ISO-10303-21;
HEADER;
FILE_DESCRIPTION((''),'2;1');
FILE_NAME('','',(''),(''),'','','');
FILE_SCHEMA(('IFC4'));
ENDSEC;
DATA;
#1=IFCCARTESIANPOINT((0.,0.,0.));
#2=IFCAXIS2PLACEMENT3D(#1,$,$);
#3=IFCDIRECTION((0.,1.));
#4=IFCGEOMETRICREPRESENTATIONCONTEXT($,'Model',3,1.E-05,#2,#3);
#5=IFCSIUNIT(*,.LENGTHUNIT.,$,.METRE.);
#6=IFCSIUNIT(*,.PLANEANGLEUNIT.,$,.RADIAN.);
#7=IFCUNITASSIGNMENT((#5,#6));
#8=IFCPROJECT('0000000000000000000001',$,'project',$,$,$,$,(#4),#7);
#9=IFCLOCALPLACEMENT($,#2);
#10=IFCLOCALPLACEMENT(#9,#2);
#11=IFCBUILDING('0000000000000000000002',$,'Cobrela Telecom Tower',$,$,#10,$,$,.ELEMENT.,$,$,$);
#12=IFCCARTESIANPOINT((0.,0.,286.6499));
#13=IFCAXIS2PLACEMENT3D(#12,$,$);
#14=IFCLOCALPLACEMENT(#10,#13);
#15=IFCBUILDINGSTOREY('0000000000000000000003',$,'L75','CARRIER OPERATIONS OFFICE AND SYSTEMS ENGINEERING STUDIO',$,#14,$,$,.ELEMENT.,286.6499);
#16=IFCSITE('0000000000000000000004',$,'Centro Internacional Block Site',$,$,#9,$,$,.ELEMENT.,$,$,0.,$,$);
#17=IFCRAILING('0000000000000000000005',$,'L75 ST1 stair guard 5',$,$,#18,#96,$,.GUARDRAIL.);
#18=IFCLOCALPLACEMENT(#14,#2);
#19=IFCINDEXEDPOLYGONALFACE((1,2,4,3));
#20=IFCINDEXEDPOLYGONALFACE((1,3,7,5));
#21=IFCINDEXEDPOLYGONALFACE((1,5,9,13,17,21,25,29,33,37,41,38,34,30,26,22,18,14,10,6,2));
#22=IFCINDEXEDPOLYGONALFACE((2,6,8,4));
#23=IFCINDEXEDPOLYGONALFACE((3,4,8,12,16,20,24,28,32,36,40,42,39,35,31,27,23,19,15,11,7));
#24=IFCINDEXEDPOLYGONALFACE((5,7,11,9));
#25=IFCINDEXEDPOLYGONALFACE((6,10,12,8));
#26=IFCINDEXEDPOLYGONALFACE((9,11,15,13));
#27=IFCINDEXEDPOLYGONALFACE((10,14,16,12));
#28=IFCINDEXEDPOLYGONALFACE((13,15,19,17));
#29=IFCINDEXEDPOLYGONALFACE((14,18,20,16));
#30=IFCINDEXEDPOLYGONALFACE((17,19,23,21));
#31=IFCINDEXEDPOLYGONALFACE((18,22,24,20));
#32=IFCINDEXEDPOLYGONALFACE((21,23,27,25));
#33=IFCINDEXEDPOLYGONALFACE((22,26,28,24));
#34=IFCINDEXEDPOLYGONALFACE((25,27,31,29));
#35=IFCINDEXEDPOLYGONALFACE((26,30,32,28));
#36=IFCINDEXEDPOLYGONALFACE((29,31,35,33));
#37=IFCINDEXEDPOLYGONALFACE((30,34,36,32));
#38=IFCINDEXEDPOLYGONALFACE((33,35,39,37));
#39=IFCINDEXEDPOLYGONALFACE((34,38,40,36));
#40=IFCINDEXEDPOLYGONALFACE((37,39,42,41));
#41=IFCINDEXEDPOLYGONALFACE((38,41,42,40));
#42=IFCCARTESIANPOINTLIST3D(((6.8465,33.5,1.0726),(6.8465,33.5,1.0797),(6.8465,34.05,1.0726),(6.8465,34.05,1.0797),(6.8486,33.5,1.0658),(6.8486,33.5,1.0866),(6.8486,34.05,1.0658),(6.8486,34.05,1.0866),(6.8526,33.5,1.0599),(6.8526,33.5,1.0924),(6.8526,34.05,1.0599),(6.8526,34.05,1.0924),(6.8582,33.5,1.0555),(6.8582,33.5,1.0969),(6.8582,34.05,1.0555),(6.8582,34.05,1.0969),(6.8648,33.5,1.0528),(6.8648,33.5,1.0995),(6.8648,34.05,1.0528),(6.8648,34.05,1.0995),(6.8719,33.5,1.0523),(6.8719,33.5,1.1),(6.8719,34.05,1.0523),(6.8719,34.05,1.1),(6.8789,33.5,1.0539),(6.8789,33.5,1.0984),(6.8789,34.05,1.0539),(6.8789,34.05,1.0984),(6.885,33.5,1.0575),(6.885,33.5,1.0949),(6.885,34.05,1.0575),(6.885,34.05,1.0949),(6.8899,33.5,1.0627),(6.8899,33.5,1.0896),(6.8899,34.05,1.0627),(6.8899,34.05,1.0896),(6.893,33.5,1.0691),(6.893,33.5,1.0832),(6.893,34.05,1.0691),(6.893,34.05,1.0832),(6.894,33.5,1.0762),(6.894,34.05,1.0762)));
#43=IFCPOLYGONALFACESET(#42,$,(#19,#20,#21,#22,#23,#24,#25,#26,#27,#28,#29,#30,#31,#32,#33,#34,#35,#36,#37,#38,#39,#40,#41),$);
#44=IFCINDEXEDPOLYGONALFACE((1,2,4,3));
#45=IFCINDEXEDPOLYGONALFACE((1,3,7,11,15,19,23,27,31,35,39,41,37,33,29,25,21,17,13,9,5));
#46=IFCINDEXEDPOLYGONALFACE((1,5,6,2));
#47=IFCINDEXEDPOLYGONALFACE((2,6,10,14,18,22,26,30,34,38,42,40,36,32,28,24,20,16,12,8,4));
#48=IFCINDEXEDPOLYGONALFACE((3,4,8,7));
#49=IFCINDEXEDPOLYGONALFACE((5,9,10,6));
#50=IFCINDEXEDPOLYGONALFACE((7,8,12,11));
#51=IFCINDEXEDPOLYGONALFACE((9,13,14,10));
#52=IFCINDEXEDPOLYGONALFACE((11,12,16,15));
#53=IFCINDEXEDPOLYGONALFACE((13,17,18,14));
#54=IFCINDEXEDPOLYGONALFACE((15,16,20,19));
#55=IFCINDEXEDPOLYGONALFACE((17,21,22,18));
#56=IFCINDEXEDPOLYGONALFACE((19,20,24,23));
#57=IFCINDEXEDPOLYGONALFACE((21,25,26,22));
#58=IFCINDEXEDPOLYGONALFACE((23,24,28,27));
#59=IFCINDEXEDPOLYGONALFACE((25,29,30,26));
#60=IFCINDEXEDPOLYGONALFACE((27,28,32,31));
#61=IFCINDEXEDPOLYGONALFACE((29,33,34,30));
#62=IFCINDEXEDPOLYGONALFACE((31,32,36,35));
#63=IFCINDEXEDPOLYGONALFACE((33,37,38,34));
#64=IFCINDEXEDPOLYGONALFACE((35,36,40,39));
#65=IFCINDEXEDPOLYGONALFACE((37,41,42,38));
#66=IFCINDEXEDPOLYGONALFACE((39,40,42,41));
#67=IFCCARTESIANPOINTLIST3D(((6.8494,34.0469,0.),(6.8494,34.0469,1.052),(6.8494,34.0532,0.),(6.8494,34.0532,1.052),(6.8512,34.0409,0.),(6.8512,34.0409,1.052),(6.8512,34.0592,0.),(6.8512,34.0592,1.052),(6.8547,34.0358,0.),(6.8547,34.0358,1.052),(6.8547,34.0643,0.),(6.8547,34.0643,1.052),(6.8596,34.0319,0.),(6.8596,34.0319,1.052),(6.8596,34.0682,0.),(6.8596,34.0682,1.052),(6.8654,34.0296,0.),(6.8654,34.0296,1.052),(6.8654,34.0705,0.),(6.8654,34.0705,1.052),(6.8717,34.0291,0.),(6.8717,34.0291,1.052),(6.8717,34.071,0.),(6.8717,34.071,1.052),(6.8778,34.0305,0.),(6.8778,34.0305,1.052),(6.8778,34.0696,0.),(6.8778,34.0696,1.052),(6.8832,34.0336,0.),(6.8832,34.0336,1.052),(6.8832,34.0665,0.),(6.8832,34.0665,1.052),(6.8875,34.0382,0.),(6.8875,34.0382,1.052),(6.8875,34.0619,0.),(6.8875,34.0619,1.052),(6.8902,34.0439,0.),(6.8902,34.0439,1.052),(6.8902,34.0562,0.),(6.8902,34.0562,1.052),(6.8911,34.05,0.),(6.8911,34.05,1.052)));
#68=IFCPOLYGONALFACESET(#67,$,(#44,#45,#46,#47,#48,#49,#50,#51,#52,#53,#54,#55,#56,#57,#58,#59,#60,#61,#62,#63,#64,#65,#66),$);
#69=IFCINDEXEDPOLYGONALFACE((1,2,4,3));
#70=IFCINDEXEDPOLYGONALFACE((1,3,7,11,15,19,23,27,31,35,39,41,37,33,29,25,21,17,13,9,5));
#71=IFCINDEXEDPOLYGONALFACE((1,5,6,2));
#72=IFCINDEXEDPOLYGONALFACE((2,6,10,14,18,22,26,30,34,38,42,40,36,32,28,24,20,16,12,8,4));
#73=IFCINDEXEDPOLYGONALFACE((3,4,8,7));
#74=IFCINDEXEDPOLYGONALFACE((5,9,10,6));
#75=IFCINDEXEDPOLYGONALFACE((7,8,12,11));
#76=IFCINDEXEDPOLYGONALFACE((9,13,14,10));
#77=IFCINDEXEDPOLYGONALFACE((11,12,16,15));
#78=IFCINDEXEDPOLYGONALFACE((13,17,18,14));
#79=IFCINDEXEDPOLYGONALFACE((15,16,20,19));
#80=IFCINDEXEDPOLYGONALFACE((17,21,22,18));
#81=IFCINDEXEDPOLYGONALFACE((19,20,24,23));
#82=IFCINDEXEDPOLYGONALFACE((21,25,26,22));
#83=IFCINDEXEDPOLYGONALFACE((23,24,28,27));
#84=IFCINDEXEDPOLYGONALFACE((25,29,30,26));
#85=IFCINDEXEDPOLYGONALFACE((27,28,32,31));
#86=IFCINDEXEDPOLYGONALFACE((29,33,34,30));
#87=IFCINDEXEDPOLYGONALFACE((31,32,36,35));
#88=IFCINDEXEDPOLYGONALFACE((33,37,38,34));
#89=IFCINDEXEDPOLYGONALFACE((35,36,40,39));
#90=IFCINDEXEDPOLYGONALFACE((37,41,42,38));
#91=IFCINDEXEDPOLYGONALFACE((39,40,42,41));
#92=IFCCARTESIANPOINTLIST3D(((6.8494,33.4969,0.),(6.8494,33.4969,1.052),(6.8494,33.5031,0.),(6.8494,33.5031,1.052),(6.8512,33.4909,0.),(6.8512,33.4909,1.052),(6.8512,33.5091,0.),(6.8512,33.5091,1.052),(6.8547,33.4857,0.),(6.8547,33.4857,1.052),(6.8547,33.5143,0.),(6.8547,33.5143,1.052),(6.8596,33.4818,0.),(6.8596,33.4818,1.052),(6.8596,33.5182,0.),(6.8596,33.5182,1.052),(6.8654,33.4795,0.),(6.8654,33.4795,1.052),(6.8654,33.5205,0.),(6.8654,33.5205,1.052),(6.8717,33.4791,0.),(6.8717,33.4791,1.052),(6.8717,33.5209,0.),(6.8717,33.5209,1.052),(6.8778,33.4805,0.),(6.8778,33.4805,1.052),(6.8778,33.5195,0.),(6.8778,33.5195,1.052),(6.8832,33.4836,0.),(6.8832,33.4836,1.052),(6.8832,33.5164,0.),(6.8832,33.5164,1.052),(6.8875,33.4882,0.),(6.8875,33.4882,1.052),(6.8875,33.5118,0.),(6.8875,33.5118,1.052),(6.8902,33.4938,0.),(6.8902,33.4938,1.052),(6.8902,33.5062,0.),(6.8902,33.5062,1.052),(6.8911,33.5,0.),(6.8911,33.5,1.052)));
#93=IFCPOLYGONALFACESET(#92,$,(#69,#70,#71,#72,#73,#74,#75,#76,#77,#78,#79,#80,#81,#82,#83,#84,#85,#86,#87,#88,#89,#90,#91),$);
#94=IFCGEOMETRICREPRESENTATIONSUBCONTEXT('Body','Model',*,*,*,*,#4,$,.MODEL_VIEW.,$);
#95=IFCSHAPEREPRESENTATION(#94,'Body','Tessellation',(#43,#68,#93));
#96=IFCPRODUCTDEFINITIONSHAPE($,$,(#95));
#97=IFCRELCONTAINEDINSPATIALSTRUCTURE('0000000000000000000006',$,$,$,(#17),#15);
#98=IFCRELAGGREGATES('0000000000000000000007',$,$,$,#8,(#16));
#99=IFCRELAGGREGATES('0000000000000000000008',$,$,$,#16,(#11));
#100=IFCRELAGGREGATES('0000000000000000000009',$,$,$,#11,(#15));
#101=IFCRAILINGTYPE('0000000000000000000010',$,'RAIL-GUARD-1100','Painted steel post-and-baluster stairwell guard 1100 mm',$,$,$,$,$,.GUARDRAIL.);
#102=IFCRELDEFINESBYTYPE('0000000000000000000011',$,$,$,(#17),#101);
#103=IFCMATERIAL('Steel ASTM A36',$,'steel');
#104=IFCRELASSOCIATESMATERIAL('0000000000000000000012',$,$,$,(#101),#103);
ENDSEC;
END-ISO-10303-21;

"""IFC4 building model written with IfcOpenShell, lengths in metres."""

from ifc_helpers import new_model, si_unit, direction, frame, origin, origin_2d, place, context, subcontext, project, spatial, circle, extrude, material, type_object, element, save


model = new_model("IFC4")

# Units and contexts
model_context = context("Model", 3, precision=1e-05, world=origin(), true_north=direction((0.0, 1.0)))
body_context = subcontext(model_context, "Body", "Model", "MODEL_VIEW")
ifc_project = project(units=[si_unit("LENGTHUNIT", "METRE"), si_unit("PLANEANGLEUNIT", "RADIAN")], contexts=[model_context])

# Site, building, storey
site_placement = place(None, origin())
site = spatial("IfcSite", under=ifc_project, at=site_placement, Name="Centro Internacional Block Site", CompositionType="ELEMENT", RefElevation=0.0)
building_placement = place(site_placement, origin())
building = spatial("IfcBuilding", under=site, at=building_placement, Name="Cobrela Telecom Tower", CompositionType="ELEMENT")
storey_placement = place(building_placement, frame((0.0, 0.0, 286.6499)))
storey = spatial("IfcBuildingStorey", under=building, at=storey_placement, Name="L75", Description="CARRIER OPERATIONS OFFICE AND SYSTEMS ENGINEERING STUDIO", CompositionType="ELEMENT", Elevation=286.6499)

# Shared definitions
ifc_material_1 = material(Name="Steel ASTM A36", Category="steel")

# Railing
railing_type = type_object("IfcRailingType", Name="RAIL-GUARD-1100", Description="Painted steel post-and-baluster stairwell guard 1100 mm", PredefinedType="GUARDRAIL", material=ifc_material_1)
railing_placement = place(storey_placement, frame((6.8701, 34.05, 0.0)))
element("IfcRailing", 1, at=railing_placement, inside=storey, type_object=railing_type, Name="L75 ST1 stair guard 5", PredefinedType="GUARDRAIL", context=body_context, shape_type="SweptSolid", body=[
    extrude(circle(Radius=0.0239, at=origin_2d()), frame((0.0, 0.0, 1.0762), z_axis=(0.0, -1.0, 0.0), x_axis=(1.0, 0.0, 0.0)), (0.0, 0.0, 1.0), 0.55),
    extrude(circle(Radius=0.021, at=origin_2d()), origin(), (0.0, 0.0, 1.0), 1.052),
    extrude(circle(Radius=0.021, at=origin_2d()), frame((0.0, -0.55, 0.0)), (0.0, 0.0, 1.0), 1.052),
])

save(model, "model.ifc")
